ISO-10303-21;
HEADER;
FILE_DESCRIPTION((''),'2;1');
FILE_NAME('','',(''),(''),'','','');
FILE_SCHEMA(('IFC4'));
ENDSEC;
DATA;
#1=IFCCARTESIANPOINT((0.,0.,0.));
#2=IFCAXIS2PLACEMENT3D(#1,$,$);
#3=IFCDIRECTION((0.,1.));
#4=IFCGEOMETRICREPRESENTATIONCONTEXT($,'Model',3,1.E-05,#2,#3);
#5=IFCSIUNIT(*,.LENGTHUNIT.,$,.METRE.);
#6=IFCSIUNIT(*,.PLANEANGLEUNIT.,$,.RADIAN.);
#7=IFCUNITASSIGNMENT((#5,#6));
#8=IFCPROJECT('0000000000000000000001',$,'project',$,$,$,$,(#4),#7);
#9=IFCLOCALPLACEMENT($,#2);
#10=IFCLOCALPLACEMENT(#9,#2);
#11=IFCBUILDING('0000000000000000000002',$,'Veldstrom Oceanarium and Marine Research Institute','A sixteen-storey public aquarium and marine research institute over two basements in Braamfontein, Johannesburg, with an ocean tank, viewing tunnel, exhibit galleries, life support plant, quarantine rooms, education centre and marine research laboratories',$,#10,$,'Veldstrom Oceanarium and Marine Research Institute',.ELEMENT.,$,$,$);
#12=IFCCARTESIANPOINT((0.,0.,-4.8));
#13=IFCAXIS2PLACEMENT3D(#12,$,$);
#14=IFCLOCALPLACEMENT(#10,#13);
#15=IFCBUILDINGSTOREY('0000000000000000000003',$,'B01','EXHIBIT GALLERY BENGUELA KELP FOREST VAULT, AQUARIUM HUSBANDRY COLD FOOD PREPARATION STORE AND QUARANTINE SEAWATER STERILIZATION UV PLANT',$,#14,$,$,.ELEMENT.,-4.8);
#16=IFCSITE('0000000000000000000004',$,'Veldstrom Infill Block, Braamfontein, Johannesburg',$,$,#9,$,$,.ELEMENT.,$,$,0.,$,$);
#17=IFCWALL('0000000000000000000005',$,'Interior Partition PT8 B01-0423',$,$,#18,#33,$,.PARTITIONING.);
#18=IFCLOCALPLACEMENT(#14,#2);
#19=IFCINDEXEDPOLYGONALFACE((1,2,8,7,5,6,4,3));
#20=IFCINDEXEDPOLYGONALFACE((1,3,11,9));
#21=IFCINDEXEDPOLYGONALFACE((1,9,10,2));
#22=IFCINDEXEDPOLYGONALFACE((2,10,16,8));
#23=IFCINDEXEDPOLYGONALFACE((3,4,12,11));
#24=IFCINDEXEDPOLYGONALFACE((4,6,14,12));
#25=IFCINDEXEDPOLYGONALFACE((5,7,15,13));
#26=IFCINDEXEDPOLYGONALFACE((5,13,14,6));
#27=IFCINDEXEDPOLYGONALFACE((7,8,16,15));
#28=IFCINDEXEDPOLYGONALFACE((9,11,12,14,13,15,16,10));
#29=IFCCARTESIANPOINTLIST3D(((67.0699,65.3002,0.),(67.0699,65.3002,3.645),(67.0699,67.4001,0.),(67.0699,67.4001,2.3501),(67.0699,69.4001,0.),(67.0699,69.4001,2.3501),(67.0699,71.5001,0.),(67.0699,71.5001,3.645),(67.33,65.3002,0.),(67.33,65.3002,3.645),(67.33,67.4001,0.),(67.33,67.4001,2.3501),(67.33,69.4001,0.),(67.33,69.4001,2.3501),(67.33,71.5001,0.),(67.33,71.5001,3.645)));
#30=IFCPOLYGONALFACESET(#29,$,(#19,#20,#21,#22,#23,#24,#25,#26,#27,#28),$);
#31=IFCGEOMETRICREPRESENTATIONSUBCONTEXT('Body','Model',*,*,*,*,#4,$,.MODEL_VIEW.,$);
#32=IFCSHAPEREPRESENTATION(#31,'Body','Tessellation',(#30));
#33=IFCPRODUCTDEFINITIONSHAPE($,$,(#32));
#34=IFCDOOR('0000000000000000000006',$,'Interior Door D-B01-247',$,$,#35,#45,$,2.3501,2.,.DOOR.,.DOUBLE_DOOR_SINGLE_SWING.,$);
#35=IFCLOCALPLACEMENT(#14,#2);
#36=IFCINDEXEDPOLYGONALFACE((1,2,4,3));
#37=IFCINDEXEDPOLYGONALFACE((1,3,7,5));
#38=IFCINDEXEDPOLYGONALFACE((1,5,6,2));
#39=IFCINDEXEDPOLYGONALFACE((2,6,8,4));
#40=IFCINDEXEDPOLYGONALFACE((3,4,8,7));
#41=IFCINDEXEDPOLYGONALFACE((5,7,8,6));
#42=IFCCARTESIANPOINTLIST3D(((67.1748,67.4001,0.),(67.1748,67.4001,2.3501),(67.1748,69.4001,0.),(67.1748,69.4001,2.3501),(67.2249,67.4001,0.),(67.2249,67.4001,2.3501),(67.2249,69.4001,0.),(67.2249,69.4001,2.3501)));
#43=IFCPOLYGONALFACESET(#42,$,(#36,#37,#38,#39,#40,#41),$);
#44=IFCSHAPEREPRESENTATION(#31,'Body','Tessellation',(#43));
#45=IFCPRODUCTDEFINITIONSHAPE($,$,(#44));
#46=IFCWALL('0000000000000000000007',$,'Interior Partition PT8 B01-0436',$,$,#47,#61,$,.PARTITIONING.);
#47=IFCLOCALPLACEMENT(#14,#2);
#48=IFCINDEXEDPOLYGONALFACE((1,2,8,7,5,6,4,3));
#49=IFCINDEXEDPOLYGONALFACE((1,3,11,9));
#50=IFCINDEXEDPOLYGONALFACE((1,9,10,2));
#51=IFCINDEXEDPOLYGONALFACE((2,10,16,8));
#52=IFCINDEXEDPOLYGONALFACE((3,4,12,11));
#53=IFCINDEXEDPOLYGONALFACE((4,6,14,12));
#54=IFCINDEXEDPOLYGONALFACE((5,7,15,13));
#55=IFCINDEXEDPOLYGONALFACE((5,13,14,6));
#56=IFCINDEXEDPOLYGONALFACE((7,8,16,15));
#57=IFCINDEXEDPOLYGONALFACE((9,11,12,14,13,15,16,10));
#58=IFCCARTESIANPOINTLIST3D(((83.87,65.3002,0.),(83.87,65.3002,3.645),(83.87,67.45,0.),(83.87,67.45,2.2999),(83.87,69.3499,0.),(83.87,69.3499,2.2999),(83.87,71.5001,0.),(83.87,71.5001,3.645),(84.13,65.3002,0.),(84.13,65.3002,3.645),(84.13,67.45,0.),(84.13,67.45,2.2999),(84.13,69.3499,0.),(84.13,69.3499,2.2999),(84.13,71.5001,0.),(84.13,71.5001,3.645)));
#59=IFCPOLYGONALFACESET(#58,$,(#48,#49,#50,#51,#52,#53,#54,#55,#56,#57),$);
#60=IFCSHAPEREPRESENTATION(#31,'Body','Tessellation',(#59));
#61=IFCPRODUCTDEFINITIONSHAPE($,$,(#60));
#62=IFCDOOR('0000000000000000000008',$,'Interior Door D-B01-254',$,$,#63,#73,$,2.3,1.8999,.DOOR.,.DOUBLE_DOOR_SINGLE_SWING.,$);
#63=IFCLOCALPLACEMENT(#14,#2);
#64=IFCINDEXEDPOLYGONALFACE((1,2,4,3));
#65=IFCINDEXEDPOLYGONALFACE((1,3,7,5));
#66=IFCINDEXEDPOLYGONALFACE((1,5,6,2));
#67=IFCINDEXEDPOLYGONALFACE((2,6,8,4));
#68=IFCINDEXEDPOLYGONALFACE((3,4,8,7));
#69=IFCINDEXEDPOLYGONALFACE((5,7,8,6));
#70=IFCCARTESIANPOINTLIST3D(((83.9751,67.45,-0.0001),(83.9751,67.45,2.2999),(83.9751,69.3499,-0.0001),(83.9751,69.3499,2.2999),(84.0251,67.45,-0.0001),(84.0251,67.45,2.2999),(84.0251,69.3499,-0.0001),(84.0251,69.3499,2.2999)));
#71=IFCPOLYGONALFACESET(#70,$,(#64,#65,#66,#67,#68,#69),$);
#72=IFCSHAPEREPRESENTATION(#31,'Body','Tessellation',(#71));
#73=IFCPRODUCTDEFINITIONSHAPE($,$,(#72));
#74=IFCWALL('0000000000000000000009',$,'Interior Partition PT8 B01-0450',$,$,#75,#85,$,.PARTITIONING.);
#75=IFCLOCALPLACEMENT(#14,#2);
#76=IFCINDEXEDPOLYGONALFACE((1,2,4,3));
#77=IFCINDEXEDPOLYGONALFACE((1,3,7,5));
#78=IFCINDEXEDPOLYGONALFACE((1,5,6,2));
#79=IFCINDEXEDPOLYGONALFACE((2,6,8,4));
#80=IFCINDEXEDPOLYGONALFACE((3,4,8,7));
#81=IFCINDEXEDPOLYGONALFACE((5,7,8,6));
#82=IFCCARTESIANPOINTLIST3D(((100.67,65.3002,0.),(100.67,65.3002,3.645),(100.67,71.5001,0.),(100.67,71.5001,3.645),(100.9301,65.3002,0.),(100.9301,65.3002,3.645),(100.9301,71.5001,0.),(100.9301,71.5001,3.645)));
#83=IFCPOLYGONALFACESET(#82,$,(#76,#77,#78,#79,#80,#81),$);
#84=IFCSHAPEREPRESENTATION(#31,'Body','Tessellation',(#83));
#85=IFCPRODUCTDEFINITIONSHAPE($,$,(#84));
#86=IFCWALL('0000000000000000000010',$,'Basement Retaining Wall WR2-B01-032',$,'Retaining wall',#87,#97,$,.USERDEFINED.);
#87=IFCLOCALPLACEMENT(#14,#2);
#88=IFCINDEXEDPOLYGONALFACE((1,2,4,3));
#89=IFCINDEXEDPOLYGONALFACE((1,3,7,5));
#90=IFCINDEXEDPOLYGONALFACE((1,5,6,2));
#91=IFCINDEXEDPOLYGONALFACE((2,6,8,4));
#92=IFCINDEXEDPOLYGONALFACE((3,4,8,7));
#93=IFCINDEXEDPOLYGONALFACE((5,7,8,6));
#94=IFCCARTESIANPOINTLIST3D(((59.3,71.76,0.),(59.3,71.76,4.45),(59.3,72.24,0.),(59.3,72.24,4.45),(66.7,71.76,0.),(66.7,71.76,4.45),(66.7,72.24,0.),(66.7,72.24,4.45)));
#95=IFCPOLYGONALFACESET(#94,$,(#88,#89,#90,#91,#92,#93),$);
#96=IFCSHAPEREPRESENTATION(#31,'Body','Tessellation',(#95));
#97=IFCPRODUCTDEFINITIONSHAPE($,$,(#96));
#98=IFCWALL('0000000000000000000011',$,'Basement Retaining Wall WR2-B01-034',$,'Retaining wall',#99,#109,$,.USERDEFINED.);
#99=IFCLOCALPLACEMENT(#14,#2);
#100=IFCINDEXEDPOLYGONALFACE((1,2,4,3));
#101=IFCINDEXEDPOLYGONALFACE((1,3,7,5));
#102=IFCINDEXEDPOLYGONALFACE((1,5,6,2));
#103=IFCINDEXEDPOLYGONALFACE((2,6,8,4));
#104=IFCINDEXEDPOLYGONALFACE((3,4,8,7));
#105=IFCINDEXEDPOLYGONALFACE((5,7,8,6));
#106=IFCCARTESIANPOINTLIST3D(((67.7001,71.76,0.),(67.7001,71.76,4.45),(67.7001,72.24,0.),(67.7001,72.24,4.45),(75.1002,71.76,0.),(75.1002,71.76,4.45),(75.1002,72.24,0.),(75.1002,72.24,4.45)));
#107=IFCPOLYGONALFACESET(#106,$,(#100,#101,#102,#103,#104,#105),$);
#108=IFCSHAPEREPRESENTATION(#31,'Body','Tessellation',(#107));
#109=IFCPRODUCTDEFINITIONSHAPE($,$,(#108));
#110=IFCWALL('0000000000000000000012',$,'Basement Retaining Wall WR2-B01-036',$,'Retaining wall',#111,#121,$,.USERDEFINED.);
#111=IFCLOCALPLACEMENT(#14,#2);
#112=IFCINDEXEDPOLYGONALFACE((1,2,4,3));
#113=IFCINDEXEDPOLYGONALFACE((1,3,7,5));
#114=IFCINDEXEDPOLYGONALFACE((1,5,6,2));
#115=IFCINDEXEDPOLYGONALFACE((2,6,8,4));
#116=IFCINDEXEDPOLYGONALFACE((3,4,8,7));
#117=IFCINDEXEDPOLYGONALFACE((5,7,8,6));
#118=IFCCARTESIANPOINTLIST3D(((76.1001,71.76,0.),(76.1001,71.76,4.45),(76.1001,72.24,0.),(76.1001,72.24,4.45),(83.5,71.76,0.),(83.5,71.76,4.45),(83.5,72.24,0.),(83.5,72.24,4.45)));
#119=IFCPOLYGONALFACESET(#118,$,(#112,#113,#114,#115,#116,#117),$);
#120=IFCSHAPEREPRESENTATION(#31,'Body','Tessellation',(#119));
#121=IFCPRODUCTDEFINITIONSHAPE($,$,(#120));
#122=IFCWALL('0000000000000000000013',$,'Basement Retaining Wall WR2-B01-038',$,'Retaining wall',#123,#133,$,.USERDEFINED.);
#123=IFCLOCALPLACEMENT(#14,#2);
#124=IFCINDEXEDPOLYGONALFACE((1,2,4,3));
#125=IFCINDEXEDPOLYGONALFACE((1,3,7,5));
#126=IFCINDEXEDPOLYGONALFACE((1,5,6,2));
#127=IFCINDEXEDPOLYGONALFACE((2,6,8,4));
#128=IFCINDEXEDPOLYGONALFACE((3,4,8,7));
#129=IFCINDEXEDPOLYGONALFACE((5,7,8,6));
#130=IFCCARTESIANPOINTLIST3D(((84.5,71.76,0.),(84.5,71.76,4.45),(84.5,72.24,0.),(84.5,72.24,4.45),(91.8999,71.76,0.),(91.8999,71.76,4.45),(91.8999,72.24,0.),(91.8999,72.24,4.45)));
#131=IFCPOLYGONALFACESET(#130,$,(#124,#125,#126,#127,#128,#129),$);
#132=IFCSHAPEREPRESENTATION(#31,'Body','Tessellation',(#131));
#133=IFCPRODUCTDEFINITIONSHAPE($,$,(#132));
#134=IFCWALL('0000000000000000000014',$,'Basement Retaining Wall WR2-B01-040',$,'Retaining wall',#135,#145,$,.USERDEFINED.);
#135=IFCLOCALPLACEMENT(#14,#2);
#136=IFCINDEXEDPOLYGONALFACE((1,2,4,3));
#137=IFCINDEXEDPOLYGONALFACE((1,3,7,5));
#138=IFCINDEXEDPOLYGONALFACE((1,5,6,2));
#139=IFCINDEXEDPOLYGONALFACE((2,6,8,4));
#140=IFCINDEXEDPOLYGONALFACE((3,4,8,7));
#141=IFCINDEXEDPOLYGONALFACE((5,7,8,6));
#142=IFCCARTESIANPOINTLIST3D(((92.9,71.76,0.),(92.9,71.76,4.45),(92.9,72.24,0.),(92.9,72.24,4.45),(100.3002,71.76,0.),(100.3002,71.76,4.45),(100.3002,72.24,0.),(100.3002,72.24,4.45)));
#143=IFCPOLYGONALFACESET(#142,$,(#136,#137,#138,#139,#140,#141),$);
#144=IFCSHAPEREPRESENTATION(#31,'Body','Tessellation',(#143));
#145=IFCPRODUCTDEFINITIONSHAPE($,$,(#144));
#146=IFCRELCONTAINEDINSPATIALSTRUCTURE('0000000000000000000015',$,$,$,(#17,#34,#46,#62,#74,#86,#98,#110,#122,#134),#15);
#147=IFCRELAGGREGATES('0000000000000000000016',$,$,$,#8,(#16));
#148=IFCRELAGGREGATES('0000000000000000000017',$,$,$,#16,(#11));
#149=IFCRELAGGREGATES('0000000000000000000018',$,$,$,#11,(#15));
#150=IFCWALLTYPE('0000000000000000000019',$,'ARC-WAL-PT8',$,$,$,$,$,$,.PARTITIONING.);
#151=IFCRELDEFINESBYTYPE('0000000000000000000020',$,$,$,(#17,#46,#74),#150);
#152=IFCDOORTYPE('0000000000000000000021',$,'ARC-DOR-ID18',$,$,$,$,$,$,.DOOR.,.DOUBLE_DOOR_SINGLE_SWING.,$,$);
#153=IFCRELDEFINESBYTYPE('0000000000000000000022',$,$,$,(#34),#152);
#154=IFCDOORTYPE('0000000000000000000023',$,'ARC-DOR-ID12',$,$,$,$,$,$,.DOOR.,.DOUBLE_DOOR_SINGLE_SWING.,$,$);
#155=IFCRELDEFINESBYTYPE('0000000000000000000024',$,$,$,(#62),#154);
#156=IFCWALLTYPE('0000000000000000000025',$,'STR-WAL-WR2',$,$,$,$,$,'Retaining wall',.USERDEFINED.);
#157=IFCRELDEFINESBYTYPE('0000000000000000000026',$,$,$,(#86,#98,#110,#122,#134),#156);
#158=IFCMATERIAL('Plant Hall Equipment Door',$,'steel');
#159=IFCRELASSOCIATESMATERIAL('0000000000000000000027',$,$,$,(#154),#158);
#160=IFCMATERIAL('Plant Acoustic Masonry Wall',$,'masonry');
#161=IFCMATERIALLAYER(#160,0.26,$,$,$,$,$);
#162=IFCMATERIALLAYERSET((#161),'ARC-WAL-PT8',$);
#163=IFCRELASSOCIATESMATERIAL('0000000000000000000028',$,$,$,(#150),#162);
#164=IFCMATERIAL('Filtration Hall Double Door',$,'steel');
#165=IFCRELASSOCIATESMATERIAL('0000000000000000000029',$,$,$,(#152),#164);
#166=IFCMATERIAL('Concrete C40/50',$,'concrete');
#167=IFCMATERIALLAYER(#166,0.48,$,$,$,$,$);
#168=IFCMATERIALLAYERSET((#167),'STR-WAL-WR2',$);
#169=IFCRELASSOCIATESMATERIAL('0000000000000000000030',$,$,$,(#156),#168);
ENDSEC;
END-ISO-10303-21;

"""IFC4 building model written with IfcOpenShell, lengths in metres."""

from ifc_helpers import new_model, si_unit, direction, frame, frame_2d, origin, place, context, subcontext, project, spatial, rectangle, extrude, material, layer, layer_set, type_object, element, fill, save


model = new_model("IFC4")

# Units and contexts
model_context = context("Model", 3, precision=1e-05, world=origin(), true_north=direction((0.0, 1.0)))
body_context = subcontext(model_context, "Body", "Model", "MODEL_VIEW")
ifc_project = project(units=[si_unit("LENGTHUNIT", "METRE"), si_unit("PLANEANGLEUNIT", "RADIAN")], contexts=[model_context])

# Site, building, storey
site_placement = place(None, origin())
site = spatial("IfcSite", under=ifc_project, at=site_placement, Name="Veldstrom Infill Block, Braamfontein, Johannesburg", CompositionType="ELEMENT", RefElevation=0.0)
building_placement = place(site_placement, origin())
building = spatial("IfcBuilding", under=site, at=building_placement, Name="Veldstrom Oceanarium and Marine Research Institute", Description="A sixteen-storey public aquarium and marine research institute over two basements in Braamfontein, Johannesburg, with an ocean tank, viewing tunnel, exhibit galleries, life support plant, quarantine rooms, education centre and marine research laboratories", LongName="Veldstrom Oceanarium and Marine Research Institute", CompositionType="ELEMENT")
storey_placement = place(building_placement, frame((0.0, 0.0, -4.8)))
storey = spatial("IfcBuildingStorey", under=building, at=storey_placement, Name="B01", Description="EXHIBIT GALLERY BENGUELA KELP FOREST VAULT, AQUARIUM HUSBANDRY COLD FOOD PREPARATION STORE AND QUARANTINE SEAWATER STERILIZATION UV PLANT", CompositionType="ELEMENT", Elevation=-4.8)

# Shared definitions
ifc_material_1 = material(Name="Plant Hall Equipment Door", Category="steel")
door_type_1 = type_object("IfcDoorType", Name="ARC-DOR-ID12", OperationType="DOUBLE_DOOR_SINGLE_SWING", PredefinedType="DOOR", material=ifc_material_1)

# Walls, openings, doors
ifc_material_2 = material(Name="Plant Acoustic Masonry Wall", Category="masonry")
ifc_layer_1 = layer(ifc_material_2, 0.26)
ifc_layer_set_1 = layer_set([ifc_layer_1], Name="ARC-WAL-PT8")
wall_type_1 = type_object("IfcWallType", Name="ARC-WAL-PT8", PredefinedType="PARTITIONING", material=ifc_layer_set_1)
wall_1_placement = place(storey_placement, frame((67.2, 65.3, 0.0), z_axis=(0.0, 0.0, 1.0), x_axis=(0.0, 1.0, 0.0)))
wall_1 = element("IfcWall", 1, at=wall_1_placement, inside=storey, type_object=wall_type_1, Name="Interior Partition PT8 B01-0423", PredefinedType="PARTITIONING", context=body_context, shape_type="SweptSolid", body=[
    extrude(rectangle(XDim=6.2, YDim=0.26, at=frame_2d((3.1001, 0.0))), origin(), (0.0, 0.0, 1.0), 3.645),
])
opening_1_placement = place(wall_1_placement, frame((2.1001, 0.0, 0.0)))
opening_1 = element("IfcOpeningElement", 2, at=opening_1_placement, cuts=wall_1, PredefinedType="OPENING", context=body_context, shape_type="SweptSolid", body=[
    extrude(rectangle(XDim=2.0, YDim=2.3501, at=frame_2d((1.0, 1.175))), frame((0.0, 0.1399, 0.0), z_axis=(0.0, -1.0, 0.0), x_axis=(1.0, 0.0, 0.0)), (0.0, 0.0, 1.0), 0.28),
])
ifc_material_3 = material(Name="Filtration Hall Double Door", Category="steel")
door_type_2 = type_object("IfcDoorType", Name="ARC-DOR-ID18", OperationType="DOUBLE_DOOR_SINGLE_SWING", PredefinedType="DOOR", material=ifc_material_3)
door_1_placement = place(opening_1_placement, frame((2.0, 0.0, 0.0), z_axis=(0.0, 0.0, 1.0), x_axis=(-1.0, 0.0, 0.0)))
door_1 = element("IfcDoor", 3, at=door_1_placement, inside=storey, type_object=door_type_2, Name="Interior Door D-B01-247", OperationType="DOUBLE_DOOR_SINGLE_SWING", OverallHeight=2.3501, OverallWidth=2.0, PredefinedType="DOOR", context=body_context, shape_type="SweptSolid", body=[
    extrude(rectangle(XDim=2.0, YDim=2.3501, at=frame_2d((1.0, 1.175))), frame((0.0, 0.0249, 0.0), z_axis=(0.0, -1.0, 0.0), x_axis=(1.0, 0.0, 0.0)), (0.0, 0.0, 1.0), 0.05),
])
fill(opening_1, door_1)
wall_2_placement = place(storey_placement, frame((84.0, 65.3, 0.0), z_axis=(0.0, 0.0, 1.0), x_axis=(0.0, 1.0, 0.0)))
wall_2 = element("IfcWall", 4, at=wall_2_placement, inside=storey, type_object=wall_type_1, Name="Interior Partition PT8 B01-0436", PredefinedType="PARTITIONING", context=body_context, shape_type="SweptSolid", body=[
    extrude(rectangle(XDim=6.2, YDim=0.26, at=frame_2d((3.1001, 0.0))), origin(), (0.0, 0.0, 1.0), 3.645),
])
opening_2_placement = place(wall_2_placement, frame((2.1499, 0.0, 0.0)))
opening_2 = element("IfcOpeningElement", 5, at=opening_2_placement, cuts=wall_2, PredefinedType="OPENING", context=body_context, shape_type="SweptSolid", body=[
    extrude(rectangle(XDim=1.8999, YDim=2.3, at=frame_2d((0.95, 1.1499))), frame((0.0, 0.1399, 0.0), z_axis=(0.0, -1.0, 0.0), x_axis=(1.0, 0.0, 0.0)), (0.0, 0.0, 1.0), 0.28),
])
door_2_placement = place(opening_2_placement, origin())
door_2 = element("IfcDoor", 6, at=door_2_placement, inside=storey, type_object=door_type_1, Name="Interior Door D-B01-254", OperationType="DOUBLE_DOOR_SINGLE_SWING", OverallHeight=2.3, OverallWidth=1.8999, PredefinedType="DOOR", context=body_context, shape_type="SweptSolid", body=[
    extrude(rectangle(XDim=1.8999, YDim=2.3, at=frame_2d((0.95, 1.1499))), frame((0.0, 0.0249, 0.0), z_axis=(0.0, -1.0, 0.0), x_axis=(1.0, 0.0, 0.0)), (0.0, 0.0, 1.0), 0.05),
])
fill(opening_2, door_2)

# Walls
wall_3_placement = place(storey_placement, frame((100.8, 65.3, 0.0), z_axis=(0.0, 0.0, 1.0), x_axis=(0.0, 1.0, 0.0)))
element("IfcWall", 7, at=wall_3_placement, inside=storey, type_object=wall_type_1, Name="Interior Partition PT8 B01-0450", PredefinedType="PARTITIONING", context=body_context, shape_type="SweptSolid", body=[
    extrude(rectangle(XDim=6.2, YDim=0.26, at=frame_2d((3.1001, 0.0))), origin(), (0.0, 0.0, 1.0), 3.645),
])
ifc_material_4 = material(Name="Concrete C40/50", Category="concrete")
ifc_layer_2 = layer(ifc_material_4, 0.48)
ifc_layer_set_2 = layer_set([ifc_layer_2], Name="STR-WAL-WR2")
wall_type_2 = type_object("IfcWallType", Name="STR-WAL-WR2", ElementType="Retaining wall", PredefinedType="USERDEFINED", material=ifc_layer_set_2)
wall_4_placement = place(storey_placement, frame((59.3, 72.0, 0.0), z_axis=(0.0, 0.0, 1.0), x_axis=(1.0, 0.0, 0.0)))
element("IfcWall", 8, at=wall_4_placement, inside=storey, type_object=wall_type_2, Name="Basement Retaining Wall WR2-B01-032", ObjectType="Retaining wall", PredefinedType="USERDEFINED", context=body_context, shape_type="SweptSolid", body=[
    extrude(rectangle(XDim=7.3999, YDim=0.48, at=frame_2d((3.7, 0.0))), origin(), (0.0, 0.0, 1.0), 4.45),
])
wall_5_placement = place(storey_placement, frame((67.7, 72.0, 0.0), z_axis=(0.0, 0.0, 1.0), x_axis=(1.0, 0.0, 0.0)))
element("IfcWall", 9, at=wall_5_placement, inside=storey, type_object=wall_type_2, Name="Basement Retaining Wall WR2-B01-034", ObjectType="Retaining wall", PredefinedType="USERDEFINED", context=body_context, shape_type="SweptSolid", body=[
    extrude(rectangle(XDim=7.4001, YDim=0.48, at=frame_2d((3.7002, 0.0))), origin(), (0.0, 0.0, 1.0), 4.45),
])
for number, where, z_axis, x_axis, name in (
    (10, (76.1001, 72.0, 0.0), (0.0, 0.0, 1.0), (1.0, 0.0, 0.0), "Basement Retaining Wall WR2-B01-036"),
    (11, (84.5, 72.0, 0.0), (0.0, 0.0, 1.0), (1.0, 0.0, 0.0), "Basement Retaining Wall WR2-B01-038"),
):
    element("IfcWall", number, at=place(storey_placement, frame(where, z_axis=z_axis, x_axis=x_axis)), inside=storey, type_object=wall_type_2, Name=name, ObjectType="Retaining wall", PredefinedType="USERDEFINED", context=body_context, shape_type="SweptSolid", body=[
        extrude(rectangle(XDim=7.3999, YDim=0.48, at=frame_2d((3.7, 0.0))), origin(), (0.0, 0.0, 1.0), 4.45),
    ])
wall_6_placement = place(storey_placement, frame((92.8999, 72.0, 0.0), z_axis=(0.0, 0.0, 1.0), x_axis=(1.0, 0.0, 0.0)))
element("IfcWall", 12, at=wall_6_placement, inside=storey, type_object=wall_type_2, Name="Basement Retaining Wall WR2-B01-040", ObjectType="Retaining wall", PredefinedType="USERDEFINED", context=body_context, shape_type="SweptSolid", body=[
    extrude(rectangle(XDim=7.4001, YDim=0.48, at=frame_2d((3.7002, 0.0))), origin(), (0.0, 0.0, 1.0), 4.45),
])

save(model, "model.ifc")
